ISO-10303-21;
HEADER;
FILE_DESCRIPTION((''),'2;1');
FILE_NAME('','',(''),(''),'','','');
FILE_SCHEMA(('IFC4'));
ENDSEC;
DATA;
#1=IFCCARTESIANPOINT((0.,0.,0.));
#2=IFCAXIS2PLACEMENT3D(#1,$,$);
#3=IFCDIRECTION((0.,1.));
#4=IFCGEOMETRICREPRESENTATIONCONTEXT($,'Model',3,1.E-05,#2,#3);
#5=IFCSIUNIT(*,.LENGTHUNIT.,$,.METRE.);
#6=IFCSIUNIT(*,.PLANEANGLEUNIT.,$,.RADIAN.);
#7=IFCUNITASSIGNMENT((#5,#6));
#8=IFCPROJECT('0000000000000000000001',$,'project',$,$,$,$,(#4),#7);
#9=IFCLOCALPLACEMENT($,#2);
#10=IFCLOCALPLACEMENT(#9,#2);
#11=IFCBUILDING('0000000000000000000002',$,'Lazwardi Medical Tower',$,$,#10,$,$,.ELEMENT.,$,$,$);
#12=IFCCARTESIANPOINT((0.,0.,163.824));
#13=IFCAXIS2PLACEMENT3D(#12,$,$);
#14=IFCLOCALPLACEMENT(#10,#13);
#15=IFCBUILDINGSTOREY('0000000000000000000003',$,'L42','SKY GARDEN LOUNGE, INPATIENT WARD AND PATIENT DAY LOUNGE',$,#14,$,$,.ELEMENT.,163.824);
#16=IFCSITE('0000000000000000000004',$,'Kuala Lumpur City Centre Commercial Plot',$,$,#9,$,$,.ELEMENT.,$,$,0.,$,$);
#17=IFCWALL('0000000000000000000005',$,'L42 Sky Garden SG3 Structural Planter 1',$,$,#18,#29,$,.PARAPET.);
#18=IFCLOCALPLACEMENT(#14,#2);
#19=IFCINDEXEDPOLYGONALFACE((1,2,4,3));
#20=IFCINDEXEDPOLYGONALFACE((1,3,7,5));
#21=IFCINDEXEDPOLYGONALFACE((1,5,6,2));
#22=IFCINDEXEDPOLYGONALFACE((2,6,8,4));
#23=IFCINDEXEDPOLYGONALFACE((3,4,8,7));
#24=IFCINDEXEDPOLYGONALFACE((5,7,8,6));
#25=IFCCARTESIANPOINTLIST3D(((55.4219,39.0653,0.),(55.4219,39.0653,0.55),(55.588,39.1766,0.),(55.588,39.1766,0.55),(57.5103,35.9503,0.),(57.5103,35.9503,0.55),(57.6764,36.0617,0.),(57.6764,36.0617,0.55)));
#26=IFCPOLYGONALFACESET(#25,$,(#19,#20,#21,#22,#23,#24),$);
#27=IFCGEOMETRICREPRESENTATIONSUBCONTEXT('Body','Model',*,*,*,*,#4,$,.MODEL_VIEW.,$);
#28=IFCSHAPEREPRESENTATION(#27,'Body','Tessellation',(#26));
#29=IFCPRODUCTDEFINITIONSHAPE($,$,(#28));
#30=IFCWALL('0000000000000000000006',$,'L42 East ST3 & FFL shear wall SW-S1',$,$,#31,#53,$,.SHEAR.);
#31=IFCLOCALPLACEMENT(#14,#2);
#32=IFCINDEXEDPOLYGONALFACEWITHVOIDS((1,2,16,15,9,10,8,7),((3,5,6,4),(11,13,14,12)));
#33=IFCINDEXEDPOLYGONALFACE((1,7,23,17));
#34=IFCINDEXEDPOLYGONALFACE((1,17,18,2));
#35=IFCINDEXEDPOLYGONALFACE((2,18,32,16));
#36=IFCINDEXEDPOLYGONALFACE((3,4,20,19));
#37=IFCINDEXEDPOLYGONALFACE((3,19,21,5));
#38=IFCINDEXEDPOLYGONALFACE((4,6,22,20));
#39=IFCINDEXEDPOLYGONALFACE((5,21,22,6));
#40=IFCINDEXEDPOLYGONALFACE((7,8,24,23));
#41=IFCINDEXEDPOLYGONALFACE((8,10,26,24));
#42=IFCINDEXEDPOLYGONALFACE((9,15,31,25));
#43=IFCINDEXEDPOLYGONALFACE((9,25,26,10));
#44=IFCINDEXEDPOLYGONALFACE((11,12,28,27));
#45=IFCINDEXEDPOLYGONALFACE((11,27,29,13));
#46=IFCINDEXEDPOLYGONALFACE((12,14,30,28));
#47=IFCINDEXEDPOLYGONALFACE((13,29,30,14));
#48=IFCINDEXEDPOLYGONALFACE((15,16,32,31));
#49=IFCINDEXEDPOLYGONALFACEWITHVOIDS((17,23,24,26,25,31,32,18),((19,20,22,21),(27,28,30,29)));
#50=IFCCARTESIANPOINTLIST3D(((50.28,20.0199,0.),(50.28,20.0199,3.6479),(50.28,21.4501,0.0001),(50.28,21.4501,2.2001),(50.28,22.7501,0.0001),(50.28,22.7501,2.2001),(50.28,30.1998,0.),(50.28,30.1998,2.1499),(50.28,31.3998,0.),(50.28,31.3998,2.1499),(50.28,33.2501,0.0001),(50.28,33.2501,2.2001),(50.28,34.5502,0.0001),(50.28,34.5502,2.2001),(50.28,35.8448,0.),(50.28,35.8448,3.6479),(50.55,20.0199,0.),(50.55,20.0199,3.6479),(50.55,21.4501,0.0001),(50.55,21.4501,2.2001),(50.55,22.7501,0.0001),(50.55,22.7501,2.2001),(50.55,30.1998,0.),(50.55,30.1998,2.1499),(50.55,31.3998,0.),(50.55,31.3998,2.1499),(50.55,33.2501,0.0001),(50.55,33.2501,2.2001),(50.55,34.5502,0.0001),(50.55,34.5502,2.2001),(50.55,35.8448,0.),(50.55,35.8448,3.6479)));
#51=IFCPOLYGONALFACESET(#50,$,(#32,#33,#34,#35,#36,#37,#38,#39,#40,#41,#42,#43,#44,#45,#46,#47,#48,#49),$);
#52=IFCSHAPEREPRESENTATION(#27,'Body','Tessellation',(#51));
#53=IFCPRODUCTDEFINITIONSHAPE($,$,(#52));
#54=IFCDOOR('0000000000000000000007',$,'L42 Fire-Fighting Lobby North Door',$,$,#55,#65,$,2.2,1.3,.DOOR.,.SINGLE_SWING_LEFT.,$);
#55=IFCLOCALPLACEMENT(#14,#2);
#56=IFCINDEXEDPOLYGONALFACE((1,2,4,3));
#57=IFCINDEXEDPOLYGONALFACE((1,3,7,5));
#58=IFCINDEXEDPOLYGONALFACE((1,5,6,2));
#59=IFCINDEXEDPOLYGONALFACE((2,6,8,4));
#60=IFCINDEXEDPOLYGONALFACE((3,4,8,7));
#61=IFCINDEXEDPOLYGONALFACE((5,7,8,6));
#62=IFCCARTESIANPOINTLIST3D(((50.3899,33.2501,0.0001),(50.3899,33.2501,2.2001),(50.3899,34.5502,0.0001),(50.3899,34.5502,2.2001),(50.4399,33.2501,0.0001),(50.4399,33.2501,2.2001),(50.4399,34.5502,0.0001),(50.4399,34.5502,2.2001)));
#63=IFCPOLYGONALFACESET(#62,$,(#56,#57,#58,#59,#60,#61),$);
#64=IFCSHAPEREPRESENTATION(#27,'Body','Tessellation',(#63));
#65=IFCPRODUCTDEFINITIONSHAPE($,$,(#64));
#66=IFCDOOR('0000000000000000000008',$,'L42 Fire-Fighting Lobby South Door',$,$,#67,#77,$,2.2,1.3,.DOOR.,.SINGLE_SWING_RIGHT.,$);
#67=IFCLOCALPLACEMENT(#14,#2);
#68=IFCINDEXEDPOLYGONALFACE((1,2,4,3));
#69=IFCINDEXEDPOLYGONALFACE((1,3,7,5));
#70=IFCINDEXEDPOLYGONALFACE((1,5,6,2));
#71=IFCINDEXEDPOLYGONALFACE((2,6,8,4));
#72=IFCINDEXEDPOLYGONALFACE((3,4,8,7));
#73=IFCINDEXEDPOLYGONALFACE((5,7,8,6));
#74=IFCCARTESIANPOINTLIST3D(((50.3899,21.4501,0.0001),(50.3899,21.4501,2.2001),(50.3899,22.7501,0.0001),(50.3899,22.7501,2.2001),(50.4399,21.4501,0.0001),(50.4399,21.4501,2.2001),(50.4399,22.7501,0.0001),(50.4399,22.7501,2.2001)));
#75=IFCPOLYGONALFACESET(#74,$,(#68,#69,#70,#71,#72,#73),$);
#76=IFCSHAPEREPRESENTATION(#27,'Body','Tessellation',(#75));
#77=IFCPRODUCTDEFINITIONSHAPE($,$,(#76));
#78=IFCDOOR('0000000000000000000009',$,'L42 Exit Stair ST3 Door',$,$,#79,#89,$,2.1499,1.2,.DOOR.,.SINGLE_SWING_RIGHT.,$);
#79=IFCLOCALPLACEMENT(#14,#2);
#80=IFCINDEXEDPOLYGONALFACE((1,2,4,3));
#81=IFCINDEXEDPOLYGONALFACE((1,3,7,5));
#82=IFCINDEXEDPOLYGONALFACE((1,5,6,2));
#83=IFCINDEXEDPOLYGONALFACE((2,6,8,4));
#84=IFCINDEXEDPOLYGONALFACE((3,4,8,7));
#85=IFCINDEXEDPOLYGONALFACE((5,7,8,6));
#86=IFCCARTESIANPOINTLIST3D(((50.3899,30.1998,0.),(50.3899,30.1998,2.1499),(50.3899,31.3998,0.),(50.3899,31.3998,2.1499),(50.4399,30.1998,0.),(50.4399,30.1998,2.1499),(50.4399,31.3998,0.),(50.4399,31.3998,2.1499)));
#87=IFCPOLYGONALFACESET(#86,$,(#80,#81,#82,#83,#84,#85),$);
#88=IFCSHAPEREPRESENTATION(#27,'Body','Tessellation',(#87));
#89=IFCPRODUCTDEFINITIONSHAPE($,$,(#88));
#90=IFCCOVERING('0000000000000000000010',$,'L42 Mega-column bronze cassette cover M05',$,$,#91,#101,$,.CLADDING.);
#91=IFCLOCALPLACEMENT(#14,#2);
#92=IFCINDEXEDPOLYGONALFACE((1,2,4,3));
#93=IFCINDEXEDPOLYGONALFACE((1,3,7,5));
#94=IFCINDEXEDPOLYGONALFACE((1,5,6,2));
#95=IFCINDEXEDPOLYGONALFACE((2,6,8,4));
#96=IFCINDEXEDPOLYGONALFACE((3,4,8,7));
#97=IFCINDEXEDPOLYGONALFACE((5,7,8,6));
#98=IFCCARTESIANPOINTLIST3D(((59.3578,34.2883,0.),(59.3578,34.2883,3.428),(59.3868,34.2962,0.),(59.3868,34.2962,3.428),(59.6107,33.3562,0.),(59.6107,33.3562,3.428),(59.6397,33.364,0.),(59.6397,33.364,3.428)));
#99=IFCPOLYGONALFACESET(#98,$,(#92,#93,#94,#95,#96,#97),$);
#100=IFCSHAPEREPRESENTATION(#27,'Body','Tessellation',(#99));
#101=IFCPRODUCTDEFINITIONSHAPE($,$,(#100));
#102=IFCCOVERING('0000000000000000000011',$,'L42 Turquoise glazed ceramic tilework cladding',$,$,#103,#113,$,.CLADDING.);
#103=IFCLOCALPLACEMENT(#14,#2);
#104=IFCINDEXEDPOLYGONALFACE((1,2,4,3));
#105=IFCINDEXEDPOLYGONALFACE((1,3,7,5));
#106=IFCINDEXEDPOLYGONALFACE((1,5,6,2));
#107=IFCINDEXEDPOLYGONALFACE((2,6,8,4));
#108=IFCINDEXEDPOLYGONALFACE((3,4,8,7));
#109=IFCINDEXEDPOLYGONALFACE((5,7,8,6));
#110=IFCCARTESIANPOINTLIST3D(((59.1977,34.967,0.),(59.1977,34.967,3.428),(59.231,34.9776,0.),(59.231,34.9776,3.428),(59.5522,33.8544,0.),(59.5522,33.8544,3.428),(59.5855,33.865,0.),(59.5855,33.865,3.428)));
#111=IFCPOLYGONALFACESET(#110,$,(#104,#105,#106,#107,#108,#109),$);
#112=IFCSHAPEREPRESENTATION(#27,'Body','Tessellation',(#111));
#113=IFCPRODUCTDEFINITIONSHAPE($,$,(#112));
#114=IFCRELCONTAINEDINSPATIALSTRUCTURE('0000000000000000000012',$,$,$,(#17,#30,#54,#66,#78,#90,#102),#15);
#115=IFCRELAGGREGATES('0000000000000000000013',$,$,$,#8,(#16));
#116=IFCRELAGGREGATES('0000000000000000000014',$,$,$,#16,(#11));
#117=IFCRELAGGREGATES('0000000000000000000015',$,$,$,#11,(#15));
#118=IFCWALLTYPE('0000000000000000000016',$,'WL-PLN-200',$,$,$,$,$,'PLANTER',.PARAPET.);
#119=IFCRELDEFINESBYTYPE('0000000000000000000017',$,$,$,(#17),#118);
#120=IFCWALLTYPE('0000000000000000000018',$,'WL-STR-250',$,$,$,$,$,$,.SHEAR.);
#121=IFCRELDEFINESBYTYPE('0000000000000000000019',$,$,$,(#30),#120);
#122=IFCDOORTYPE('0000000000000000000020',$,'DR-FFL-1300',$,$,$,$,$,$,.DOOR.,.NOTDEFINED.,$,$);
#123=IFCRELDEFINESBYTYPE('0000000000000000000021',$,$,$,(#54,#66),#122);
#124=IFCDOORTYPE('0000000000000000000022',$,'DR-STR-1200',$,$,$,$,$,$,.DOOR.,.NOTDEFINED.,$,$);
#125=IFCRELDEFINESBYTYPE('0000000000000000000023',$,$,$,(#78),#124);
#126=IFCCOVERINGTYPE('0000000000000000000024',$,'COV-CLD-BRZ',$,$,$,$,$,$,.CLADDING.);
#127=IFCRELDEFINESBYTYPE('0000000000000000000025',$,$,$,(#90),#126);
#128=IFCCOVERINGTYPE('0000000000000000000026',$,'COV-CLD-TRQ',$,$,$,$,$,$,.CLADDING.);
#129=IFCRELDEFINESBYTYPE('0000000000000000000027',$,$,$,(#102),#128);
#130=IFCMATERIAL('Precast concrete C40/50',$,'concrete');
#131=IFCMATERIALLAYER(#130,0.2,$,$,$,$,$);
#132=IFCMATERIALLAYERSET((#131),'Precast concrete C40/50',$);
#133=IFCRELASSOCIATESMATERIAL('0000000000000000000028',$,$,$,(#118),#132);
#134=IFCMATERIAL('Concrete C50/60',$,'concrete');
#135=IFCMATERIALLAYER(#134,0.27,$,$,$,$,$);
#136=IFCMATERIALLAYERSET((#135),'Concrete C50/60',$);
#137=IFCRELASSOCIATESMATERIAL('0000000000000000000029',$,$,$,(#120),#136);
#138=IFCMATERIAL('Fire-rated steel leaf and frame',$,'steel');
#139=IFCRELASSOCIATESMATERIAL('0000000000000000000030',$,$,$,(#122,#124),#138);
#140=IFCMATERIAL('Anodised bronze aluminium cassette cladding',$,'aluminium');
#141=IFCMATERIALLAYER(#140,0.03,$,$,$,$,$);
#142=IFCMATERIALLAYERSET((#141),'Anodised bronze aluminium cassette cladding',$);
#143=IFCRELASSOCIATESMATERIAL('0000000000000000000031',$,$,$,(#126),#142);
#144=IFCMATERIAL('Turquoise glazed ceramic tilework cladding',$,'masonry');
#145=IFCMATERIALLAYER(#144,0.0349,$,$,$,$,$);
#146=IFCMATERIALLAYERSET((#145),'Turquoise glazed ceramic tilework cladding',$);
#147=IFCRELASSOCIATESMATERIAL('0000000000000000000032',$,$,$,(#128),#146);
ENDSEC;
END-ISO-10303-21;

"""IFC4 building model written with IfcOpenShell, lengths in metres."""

from ifc_helpers import new_model, si_unit, direction, frame, frame_2d, origin, origin_2d, place, context, subcontext, project, spatial, rectangle, extrude, material, layer, layer_set, type_object, element, fill, save


model = new_model("IFC4")

# Units and contexts
model_context = context("Model", 3, precision=1e-05, world=origin(), true_north=direction((0.0, 1.0)))
body_context = subcontext(model_context, "Body", "Model", "MODEL_VIEW")
ifc_project = project(units=[si_unit("LENGTHUNIT", "METRE"), si_unit("PLANEANGLEUNIT", "RADIAN")], contexts=[model_context])

# Site, building, storey
site_placement = place(None, origin())
site = spatial("IfcSite", under=ifc_project, at=site_placement, Name="Kuala Lumpur City Centre Commercial Plot", CompositionType="ELEMENT", RefElevation=0.0)
building_placement = place(site_placement, origin())
building = spatial("IfcBuilding", under=site, at=building_placement, Name="Lazwardi Medical Tower", CompositionType="ELEMENT")
storey_placement = place(building_placement, frame((0.0, 0.0, 163.824)))
storey = spatial("IfcBuildingStorey", under=building, at=storey_placement, Name="L42", Description="SKY GARDEN LOUNGE, INPATIENT WARD AND PATIENT DAY LOUNGE", CompositionType="ELEMENT", Elevation=163.824)

# Wall
ifc_material_1 = material(Name="Precast concrete C40/50", Category="concrete")
ifc_layer_1 = layer(ifc_material_1, 0.2)
ifc_layer_set_1 = layer_set([ifc_layer_1], Name="Precast concrete C40/50")
wall_type_1 = type_object("IfcWallType", Name="WL-PLN-200", ElementType="PLANTER", PredefinedType="PARAPET", material=ifc_layer_set_1)
wall_1_placement = place(storey_placement, frame((57.5933, 36.0061, 0.0), z_axis=(0.0, 0.0, 1.0), x_axis=(-0.556862, 0.830605, 0.0)))
element("IfcWall", 1, at=wall_1_placement, inside=storey, type_object=wall_type_1, Name="L42 Sky Garden SG3 Structural Planter 1", PredefinedType="PARAPET", context=body_context, shape_type="SweptSolid", body=[
    extrude(rectangle(XDim=3.7502, YDim=0.2, at=frame_2d((1.875, 0.0))), origin(), (0.0, 0.0, 1.0), 0.55),
])

# Wall, openings, doors
ifc_material_2 = material(Name="Concrete C50/60", Category="concrete")
ifc_layer_2 = layer(ifc_material_2, 0.27)
ifc_layer_set_2 = layer_set([ifc_layer_2], Name="Concrete C50/60")
wall_type_2 = type_object("IfcWallType", Name="WL-STR-250", PredefinedType="SHEAR", material=ifc_layer_set_2)
wall_2_placement = place(storey_placement, frame((50.415, 35.845, 0.0), z_axis=(0.0, 0.0, 1.0), x_axis=(0.0, -1.0, 0.0)))
wall_2 = element("IfcWall", 2, at=wall_2_placement, inside=storey, type_object=wall_type_2, Name="L42 East ST3 & FFL shear wall SW-S1", PredefinedType="SHEAR", context=body_context, shape_type="SweptSolid", body=[
    extrude(rectangle(XDim=15.825, YDim=0.27, at=frame_2d((7.9126, 0.0))), origin(), (0.0, 0.0, 1.0), 3.6479),
])
opening_1_placement = place(wall_2_placement, frame((4.4451, 0.0, 0.0)))
opening_1 = element("IfcOpeningElement", 3, at=opening_1_placement, cuts=wall_2, PredefinedType="OPENING", context=body_context, shape_type="SweptSolid", body=[
    extrude(rectangle(XDim=1.2, YDim=2.1499, at=frame_2d((0.6001, 1.075))), frame((0.0, 0.145, 0.0), z_axis=(0.0, -1.0, 0.0), x_axis=(1.0, 0.0, 0.0)), (0.0, 0.0, 1.0), 0.29),
])
opening_2_placement = place(wall_2_placement, frame((1.2949, 0.0, 0.0)))
opening_2 = element("IfcOpeningElement", 4, at=opening_2_placement, cuts=wall_2, PredefinedType="OPENING", context=body_context, shape_type="SweptSolid", body=[
    extrude(rectangle(XDim=1.3, YDim=2.2, at=frame_2d((0.6499, 1.1001))), frame((0.0, 0.145, 0.0), z_axis=(0.0, -1.0, 0.0), x_axis=(1.0, 0.0, 0.0)), (0.0, 0.0, 1.0), 0.29),
])
opening_3_placement = place(wall_2_placement, frame((13.095, 0.0, 0.0)))
opening_3 = element("IfcOpeningElement", 5, at=opening_3_placement, cuts=wall_2, PredefinedType="OPENING", context=body_context, shape_type="SweptSolid", body=[
    extrude(rectangle(XDim=1.3, YDim=2.2, at=frame_2d((0.6499, 1.1001))), frame((0.0, 0.145, 0.0), z_axis=(0.0, -1.0, 0.0), x_axis=(1.0, 0.0, 0.0)), (0.0, 0.0, 1.0), 0.29),
])
ifc_material_3 = material(Name="Fire-rated steel leaf and frame", Category="steel")
door_type_1 = type_object("IfcDoorType", Name="DR-FFL-1300", OperationType="NOTDEFINED", PredefinedType="DOOR", material=ifc_material_3)
door_1_placement = place(opening_2_placement, origin())
door_1 = element("IfcDoor", 6, at=door_1_placement, inside=storey, type_object=door_type_1, Name="L42 Fire-Fighting Lobby North Door", OperationType="SINGLE_SWING_LEFT", OverallHeight=2.2, OverallWidth=1.3, PredefinedType="DOOR", context=body_context, shape_type="SweptSolid", body=[
    extrude(rectangle(XDim=1.3, YDim=2.2, at=frame_2d((0.6499, 1.1001))), frame((0.0, 0.0249, 0.0), z_axis=(0.0, -1.0, 0.0), x_axis=(1.0, 0.0, 0.0)), (0.0, 0.0, 1.0), 0.05),
])
fill(opening_2, door_1)
door_2_placement = place(opening_3_placement, origin())
door_2 = element("IfcDoor", 7, at=door_2_placement, inside=storey, type_object=door_type_1, Name="L42 Fire-Fighting Lobby South Door", OperationType="SINGLE_SWING_RIGHT", OverallHeight=2.2, OverallWidth=1.3, PredefinedType="DOOR", context=body_context, shape_type="SweptSolid", body=[
    extrude(rectangle(XDim=1.3, YDim=2.2, at=frame_2d((0.6499, 1.1001))), frame((0.0, 0.0249, 0.0), z_axis=(0.0, -1.0, 0.0), x_axis=(1.0, 0.0, 0.0)), (0.0, 0.0, 1.0), 0.05),
])
fill(opening_3, door_2)
door_type_2 = type_object("IfcDoorType", Name="DR-STR-1200", OperationType="NOTDEFINED", PredefinedType="DOOR", material=ifc_material_3)
door_3_placement = place(opening_1_placement, origin())
door_3 = element("IfcDoor", 8, at=door_3_placement, inside=storey, type_object=door_type_2, Name="L42 Exit Stair ST3 Door", OperationType="SINGLE_SWING_RIGHT", OverallHeight=2.1499, OverallWidth=1.2, PredefinedType="DOOR", context=body_context, shape_type="SweptSolid", body=[
    extrude(rectangle(XDim=1.2, YDim=2.1499, at=frame_2d((0.6001, 1.075))), frame((0.0, 0.0249, 0.0), z_axis=(0.0, -1.0, 0.0), x_axis=(1.0, 0.0, 0.0)), (0.0, 0.0, 1.0), 0.05),
])
fill(opening_1, door_3)

# Coverings
ifc_material_4 = material(Name="Anodised bronze aluminium cassette cladding", Category="aluminium")
ifc_layer_3 = layer(ifc_material_4, 0.03)
ifc_layer_set_3 = layer_set([ifc_layer_3], Name="Anodised bronze aluminium cassette cladding")
covering_type_1 = type_object("IfcCoveringType", Name="COV-CLD-BRZ", PredefinedType="CLADDING", material=ifc_layer_set_3)
covering_1_placement = place(storey_placement, frame((59.4988, 33.8262, 0.0), z_axis=(0.0, 0.0, 1.0), x_axis=(-0.261829, 0.965114, 0.0)))
element("IfcCovering", 9, at=covering_1_placement, inside=storey, type_object=covering_type_1, Name="L42 Mega-column bronze cassette cover M05", PredefinedType="CLADDING", context=body_context, shape_type="SweptSolid", body=[
    extrude(rectangle(XDim=0.9658, YDim=0.03, at=origin_2d()), origin(), (0.0, 0.0, 1.0), 3.428),
])
ifc_material_5 = material(Name="Turquoise glazed ceramic tilework cladding", Category="masonry")
ifc_layer_4 = layer(ifc_material_5, 0.0349)
ifc_layer_set_4 = layer_set([ifc_layer_4], Name="Turquoise glazed ceramic tilework cladding")
covering_type_2 = type_object("IfcCoveringType", Name="COV-CLD-TRQ", PredefinedType="CLADDING", material=ifc_layer_set_4)
covering_2_placement = place(storey_placement, frame((59.3916, 34.416, 0.0), z_axis=(0.0, 0.0, 1.0), x_axis=(-0.303561, 0.952812, 0.0)))
element("IfcCovering", 10, at=covering_2_placement, inside=storey, type_object=covering_type_2, Name="L42 Turquoise glazed ceramic tilework cladding", PredefinedType="CLADDING", context=body_context, shape_type="SweptSolid", body=[
    extrude(rectangle(XDim=1.1677, YDim=0.0349, at=origin_2d()), origin(), (0.0, 0.0, 1.0), 3.428),
])

save(model, "model.ifc")
